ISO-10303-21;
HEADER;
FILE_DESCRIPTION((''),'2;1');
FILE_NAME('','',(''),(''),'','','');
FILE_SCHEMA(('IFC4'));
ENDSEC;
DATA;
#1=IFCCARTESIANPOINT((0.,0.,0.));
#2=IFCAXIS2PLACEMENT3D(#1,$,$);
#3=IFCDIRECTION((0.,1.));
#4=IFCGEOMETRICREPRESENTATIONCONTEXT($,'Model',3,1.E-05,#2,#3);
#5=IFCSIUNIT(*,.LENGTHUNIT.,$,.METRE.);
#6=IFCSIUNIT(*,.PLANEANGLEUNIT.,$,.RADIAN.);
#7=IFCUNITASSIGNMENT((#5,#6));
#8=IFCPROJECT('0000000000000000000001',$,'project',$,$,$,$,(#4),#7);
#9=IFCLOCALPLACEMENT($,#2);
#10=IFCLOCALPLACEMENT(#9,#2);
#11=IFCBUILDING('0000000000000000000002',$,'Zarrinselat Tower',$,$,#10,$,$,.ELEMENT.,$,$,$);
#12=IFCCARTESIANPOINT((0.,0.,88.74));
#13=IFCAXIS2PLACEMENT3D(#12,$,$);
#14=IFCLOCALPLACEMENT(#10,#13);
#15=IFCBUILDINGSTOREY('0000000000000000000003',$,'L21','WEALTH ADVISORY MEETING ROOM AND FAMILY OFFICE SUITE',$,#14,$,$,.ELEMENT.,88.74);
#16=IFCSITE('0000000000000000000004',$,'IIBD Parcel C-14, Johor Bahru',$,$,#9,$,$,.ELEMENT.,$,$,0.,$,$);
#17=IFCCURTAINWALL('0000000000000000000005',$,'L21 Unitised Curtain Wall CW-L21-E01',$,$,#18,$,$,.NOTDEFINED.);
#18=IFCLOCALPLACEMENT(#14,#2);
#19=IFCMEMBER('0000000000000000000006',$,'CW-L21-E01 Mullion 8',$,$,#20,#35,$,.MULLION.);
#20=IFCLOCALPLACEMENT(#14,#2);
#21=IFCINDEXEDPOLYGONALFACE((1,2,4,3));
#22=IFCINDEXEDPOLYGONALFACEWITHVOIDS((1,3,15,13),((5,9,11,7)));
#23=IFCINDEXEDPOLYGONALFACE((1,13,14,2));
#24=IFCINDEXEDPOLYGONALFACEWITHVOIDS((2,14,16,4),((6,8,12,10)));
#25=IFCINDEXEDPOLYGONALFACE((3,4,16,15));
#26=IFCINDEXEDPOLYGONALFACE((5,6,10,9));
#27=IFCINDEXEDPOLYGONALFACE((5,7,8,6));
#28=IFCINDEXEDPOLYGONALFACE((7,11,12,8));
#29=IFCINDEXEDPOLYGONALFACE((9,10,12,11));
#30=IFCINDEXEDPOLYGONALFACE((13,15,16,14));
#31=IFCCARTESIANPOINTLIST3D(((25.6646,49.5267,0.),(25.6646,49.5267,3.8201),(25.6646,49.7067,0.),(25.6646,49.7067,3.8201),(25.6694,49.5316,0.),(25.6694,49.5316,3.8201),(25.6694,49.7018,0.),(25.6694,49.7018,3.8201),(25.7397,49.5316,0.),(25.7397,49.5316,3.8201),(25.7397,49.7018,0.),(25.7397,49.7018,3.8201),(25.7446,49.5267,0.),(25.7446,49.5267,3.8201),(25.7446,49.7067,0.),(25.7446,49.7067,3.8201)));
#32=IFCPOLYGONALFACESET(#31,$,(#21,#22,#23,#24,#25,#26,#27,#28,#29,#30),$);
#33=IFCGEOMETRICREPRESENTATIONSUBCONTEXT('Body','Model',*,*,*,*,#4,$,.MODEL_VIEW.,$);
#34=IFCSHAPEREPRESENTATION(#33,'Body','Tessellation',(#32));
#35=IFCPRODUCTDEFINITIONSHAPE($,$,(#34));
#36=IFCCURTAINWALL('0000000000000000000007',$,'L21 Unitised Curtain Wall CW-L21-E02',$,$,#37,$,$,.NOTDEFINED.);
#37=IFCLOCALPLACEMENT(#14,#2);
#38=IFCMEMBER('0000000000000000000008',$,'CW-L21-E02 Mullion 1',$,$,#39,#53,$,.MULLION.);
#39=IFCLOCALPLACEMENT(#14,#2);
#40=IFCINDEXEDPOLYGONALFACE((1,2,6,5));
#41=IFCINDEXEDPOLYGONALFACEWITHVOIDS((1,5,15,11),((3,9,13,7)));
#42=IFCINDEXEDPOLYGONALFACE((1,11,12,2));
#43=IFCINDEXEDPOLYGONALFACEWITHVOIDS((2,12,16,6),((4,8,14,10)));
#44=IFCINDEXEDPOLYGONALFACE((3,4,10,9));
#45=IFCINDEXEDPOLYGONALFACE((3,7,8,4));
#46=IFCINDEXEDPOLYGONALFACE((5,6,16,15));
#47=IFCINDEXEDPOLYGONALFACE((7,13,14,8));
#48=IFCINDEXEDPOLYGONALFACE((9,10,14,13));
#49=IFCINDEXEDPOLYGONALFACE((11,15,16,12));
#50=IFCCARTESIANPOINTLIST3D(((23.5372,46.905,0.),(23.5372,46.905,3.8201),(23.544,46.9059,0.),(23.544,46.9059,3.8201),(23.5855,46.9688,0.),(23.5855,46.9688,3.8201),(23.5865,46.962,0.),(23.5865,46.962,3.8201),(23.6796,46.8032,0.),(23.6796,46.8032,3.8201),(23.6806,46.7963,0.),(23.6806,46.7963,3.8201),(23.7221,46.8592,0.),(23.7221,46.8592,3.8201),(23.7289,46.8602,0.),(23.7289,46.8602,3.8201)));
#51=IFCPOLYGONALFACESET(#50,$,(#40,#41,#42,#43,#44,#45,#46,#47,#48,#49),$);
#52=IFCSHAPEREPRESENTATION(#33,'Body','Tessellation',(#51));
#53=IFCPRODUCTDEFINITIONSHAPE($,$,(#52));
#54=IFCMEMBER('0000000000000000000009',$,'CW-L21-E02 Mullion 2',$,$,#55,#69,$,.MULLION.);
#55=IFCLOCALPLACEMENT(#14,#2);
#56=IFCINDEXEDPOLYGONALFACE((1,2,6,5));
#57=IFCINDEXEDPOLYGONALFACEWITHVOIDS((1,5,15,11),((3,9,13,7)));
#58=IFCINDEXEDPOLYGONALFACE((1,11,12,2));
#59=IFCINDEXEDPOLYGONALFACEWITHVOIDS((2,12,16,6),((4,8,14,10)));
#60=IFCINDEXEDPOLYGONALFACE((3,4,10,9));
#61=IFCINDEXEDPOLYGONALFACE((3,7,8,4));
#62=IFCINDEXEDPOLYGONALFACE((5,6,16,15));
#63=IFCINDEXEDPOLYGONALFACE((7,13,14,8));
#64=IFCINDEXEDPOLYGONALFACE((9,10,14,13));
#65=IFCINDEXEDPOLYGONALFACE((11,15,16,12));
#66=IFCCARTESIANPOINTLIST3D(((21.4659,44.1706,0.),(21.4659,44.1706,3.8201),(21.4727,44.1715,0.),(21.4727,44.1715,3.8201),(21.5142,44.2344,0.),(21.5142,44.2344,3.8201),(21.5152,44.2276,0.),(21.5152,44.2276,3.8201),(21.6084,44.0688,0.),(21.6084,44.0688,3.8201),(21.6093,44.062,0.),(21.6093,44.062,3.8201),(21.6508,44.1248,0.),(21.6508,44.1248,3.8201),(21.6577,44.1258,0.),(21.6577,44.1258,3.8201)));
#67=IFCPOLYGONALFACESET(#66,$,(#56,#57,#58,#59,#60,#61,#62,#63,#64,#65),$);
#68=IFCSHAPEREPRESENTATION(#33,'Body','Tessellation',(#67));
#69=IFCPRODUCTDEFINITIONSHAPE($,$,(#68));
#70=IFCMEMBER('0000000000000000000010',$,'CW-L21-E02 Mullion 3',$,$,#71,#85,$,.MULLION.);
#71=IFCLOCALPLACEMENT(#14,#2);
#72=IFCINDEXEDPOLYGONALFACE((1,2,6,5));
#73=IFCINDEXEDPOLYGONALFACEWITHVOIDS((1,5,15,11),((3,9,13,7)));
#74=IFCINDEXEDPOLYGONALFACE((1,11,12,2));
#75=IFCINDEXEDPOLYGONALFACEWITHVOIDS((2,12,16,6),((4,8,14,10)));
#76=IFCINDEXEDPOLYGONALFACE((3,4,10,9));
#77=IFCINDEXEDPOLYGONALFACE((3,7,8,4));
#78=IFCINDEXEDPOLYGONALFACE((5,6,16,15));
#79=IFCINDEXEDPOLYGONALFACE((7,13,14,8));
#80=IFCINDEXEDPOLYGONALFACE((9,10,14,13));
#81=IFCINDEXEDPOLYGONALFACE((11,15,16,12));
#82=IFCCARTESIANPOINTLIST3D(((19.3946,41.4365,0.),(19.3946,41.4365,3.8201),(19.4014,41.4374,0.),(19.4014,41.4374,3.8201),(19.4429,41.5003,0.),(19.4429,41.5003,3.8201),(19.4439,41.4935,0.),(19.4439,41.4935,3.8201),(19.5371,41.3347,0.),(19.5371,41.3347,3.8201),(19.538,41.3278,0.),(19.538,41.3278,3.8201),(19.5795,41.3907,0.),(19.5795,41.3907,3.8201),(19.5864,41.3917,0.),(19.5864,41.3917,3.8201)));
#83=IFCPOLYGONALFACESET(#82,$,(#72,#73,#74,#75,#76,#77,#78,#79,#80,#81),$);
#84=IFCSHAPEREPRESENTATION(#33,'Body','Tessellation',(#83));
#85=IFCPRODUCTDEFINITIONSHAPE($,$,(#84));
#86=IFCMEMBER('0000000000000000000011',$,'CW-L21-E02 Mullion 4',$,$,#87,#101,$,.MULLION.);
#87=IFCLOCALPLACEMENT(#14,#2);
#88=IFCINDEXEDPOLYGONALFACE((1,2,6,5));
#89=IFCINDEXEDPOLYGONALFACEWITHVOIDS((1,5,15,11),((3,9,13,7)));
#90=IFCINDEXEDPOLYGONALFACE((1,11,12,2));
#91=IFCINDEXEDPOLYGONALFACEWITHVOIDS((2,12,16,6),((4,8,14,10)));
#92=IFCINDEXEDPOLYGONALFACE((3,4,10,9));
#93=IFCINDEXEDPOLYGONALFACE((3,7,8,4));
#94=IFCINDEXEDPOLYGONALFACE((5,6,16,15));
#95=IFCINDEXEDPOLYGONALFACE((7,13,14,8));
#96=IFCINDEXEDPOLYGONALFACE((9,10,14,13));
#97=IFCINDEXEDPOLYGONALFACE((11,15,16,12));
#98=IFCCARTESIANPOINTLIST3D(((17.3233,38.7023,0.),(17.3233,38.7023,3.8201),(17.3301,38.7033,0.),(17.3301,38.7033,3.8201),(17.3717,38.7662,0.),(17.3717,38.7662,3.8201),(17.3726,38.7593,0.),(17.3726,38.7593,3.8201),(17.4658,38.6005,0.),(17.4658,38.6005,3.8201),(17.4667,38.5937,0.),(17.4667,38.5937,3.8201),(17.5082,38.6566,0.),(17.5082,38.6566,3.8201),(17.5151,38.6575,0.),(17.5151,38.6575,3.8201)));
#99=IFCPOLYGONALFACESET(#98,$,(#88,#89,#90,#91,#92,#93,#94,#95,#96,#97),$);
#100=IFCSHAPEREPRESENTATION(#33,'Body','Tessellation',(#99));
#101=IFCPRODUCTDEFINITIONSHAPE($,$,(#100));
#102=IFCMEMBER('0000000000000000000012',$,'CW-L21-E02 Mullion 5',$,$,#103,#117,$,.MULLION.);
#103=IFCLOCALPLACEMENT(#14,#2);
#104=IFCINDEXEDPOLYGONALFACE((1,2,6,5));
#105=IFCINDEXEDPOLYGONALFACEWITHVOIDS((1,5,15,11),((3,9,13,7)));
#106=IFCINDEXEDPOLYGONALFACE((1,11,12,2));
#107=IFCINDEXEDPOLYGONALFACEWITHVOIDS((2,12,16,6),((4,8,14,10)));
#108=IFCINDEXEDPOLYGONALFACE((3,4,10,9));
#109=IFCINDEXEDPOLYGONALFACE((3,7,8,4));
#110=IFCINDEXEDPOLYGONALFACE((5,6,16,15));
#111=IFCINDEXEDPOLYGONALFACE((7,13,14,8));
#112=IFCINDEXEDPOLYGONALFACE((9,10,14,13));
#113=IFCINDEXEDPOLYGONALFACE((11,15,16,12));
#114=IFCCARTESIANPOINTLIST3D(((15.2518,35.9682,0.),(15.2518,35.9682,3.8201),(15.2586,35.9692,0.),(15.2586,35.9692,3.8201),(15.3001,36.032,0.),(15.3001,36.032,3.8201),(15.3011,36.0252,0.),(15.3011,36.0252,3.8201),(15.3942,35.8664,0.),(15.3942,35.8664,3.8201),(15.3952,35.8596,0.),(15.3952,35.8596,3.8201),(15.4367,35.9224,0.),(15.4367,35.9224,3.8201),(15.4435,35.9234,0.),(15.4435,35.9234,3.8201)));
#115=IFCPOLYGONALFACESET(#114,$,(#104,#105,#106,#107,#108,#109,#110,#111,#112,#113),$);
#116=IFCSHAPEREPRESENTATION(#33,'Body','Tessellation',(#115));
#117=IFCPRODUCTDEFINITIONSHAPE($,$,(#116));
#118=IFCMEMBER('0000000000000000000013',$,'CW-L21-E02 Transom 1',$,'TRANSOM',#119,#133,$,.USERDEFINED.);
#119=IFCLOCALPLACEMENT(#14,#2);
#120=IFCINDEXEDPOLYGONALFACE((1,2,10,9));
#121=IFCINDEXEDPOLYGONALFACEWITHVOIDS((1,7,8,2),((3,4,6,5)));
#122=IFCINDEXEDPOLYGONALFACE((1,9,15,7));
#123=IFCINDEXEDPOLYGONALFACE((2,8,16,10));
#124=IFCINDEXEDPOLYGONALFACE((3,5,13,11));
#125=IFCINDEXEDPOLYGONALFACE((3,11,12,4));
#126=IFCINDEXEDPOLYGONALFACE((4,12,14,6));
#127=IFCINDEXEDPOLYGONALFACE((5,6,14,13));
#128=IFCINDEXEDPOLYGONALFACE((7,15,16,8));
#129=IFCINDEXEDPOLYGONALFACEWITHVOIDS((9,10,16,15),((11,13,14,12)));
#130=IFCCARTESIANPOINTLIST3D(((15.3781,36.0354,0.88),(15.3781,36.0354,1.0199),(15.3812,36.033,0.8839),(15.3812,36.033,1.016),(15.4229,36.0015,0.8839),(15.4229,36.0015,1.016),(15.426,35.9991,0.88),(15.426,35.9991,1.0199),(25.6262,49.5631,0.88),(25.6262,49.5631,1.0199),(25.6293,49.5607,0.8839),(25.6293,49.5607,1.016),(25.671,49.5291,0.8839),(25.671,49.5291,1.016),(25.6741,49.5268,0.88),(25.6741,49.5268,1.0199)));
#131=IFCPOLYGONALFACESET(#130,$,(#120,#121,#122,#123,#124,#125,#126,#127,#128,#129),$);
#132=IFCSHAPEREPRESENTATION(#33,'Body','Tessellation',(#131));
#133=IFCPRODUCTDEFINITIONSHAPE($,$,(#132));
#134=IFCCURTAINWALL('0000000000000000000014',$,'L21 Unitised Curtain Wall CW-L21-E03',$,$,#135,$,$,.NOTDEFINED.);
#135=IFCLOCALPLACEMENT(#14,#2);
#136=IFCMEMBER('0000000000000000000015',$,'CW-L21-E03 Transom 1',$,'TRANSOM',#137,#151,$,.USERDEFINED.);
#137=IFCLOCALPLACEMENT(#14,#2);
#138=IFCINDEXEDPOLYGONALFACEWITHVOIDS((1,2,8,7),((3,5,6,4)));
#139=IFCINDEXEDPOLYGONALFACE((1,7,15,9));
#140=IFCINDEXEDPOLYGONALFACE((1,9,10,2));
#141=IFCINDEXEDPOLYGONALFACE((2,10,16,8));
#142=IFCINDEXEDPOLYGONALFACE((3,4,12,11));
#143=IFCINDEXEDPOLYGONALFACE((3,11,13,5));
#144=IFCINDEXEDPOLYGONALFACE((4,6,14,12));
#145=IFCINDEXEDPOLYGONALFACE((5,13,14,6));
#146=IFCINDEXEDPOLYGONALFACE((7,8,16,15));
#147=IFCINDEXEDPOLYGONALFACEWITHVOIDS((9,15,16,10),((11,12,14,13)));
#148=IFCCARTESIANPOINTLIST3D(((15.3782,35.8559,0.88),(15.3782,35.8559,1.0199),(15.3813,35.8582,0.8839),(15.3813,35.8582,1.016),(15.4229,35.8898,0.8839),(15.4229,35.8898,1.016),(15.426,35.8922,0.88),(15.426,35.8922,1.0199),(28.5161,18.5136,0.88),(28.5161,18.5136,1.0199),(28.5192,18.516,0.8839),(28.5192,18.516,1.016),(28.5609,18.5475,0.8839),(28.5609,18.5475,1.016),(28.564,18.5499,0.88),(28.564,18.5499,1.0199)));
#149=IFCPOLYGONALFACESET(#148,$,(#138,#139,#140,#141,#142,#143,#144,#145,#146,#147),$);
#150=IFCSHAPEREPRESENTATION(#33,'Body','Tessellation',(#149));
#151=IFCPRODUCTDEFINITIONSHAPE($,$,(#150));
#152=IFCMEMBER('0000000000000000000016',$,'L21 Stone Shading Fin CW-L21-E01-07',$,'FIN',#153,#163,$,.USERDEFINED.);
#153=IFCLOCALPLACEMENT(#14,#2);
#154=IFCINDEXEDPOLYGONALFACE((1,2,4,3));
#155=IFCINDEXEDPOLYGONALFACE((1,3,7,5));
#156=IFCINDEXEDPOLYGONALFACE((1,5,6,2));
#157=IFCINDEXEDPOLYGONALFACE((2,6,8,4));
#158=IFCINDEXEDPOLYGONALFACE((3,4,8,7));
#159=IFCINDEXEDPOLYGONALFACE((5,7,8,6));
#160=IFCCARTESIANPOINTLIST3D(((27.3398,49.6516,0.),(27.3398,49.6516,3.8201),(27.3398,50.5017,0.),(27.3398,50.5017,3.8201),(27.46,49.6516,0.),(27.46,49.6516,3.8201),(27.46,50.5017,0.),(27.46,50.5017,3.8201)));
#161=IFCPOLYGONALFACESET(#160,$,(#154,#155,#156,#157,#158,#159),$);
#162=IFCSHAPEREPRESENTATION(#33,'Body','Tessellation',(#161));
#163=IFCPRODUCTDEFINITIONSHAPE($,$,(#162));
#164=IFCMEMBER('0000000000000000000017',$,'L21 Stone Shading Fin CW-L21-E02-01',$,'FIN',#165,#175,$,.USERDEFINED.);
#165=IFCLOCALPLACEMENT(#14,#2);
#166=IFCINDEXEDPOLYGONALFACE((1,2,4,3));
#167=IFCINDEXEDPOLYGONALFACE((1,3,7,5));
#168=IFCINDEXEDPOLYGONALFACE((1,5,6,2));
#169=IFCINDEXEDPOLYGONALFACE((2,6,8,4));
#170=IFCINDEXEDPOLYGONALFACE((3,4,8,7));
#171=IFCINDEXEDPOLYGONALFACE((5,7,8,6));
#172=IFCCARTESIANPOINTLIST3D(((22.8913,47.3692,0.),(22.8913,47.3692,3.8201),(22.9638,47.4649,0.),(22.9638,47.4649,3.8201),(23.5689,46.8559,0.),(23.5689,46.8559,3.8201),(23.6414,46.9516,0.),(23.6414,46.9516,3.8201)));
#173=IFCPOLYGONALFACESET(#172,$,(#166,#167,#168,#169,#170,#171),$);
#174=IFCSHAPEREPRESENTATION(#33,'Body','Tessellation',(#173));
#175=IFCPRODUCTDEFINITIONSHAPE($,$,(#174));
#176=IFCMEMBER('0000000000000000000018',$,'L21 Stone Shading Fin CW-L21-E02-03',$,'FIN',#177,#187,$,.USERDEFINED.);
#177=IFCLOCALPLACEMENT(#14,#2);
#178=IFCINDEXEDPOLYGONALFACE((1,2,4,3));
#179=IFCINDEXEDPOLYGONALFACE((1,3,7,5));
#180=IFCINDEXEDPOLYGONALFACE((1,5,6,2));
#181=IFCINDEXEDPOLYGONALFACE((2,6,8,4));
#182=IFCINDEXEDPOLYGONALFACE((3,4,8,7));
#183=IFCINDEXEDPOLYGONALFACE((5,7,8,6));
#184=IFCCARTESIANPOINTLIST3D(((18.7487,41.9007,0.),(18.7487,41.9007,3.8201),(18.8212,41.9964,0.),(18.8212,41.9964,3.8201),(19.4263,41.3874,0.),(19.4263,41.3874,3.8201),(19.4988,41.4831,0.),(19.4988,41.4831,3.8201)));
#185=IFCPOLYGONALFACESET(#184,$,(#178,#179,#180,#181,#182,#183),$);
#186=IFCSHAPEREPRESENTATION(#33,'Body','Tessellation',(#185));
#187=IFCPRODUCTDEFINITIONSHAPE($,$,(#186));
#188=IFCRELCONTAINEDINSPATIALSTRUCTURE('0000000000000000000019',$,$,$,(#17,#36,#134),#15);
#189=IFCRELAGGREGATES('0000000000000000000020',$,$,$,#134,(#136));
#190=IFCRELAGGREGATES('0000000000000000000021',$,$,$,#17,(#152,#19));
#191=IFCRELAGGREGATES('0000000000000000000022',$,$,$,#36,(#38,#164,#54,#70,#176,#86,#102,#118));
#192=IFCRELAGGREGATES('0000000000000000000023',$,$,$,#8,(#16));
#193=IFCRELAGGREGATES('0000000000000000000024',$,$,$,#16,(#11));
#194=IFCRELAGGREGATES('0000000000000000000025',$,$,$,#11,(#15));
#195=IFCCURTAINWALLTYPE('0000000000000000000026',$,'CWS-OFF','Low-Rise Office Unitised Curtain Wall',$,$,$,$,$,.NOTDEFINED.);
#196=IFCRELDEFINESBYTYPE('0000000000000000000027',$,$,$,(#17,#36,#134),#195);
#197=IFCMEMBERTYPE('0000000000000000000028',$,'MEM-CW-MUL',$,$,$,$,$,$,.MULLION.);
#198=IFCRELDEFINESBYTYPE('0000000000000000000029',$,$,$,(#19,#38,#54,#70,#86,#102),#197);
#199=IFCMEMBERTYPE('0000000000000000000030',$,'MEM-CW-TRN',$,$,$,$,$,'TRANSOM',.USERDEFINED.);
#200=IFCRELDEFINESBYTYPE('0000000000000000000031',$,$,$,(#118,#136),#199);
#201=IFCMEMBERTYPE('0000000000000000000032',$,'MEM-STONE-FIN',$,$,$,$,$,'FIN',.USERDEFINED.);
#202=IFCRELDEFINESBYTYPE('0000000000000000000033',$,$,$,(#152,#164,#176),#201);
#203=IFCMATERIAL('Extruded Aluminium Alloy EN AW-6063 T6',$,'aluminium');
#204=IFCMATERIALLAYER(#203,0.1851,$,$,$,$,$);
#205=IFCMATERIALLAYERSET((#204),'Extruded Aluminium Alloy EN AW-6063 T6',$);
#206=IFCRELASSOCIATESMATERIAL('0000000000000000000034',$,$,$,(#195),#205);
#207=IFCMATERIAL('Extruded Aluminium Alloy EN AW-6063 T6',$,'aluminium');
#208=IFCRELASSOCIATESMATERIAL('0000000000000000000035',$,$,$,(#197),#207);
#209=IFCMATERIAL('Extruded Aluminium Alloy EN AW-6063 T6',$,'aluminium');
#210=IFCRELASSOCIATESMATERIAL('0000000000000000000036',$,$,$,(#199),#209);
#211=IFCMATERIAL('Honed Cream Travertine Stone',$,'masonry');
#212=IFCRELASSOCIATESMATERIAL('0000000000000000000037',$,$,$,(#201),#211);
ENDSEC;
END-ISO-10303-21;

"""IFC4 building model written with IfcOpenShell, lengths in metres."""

from ifc_helpers import new_model, si_unit, direction, frame, origin, origin_2d, place, context, subcontext, project, spatial, rectangle, hollow_rectangle, extrude, material, layer, layer_set, material_profile, profile_set, type_object, element, aggregate, save


model = new_model("IFC4")

# Units and contexts
model_context = context("Model", 3, precision=1e-05, world=origin(), true_north=direction((0.0, 1.0)))
body_context = subcontext(model_context, "Body", "Model", "MODEL_VIEW")
ifc_project = project(units=[si_unit("LENGTHUNIT", "METRE"), si_unit("PLANEANGLEUNIT", "RADIAN")], contexts=[model_context])

# Site, building, storey
site_placement = place(None, origin())
site = spatial("IfcSite", under=ifc_project, at=site_placement, Name="IIBD Parcel C-14, Johor Bahru", CompositionType="ELEMENT", RefElevation=0.0)
building_placement = place(site_placement, origin())
building = spatial("IfcBuilding", under=site, at=building_placement, Name="Zarrinselat Tower", CompositionType="ELEMENT")
storey_placement = place(building_placement, frame((0.0, 0.0, 88.74)))
storey = spatial("IfcBuildingStorey", under=building, at=storey_placement, Name="L21", Description="WEALTH ADVISORY MEETING ROOM AND FAMILY OFFICE SUITE", CompositionType="ELEMENT", Elevation=88.74)

# Curtain walls, members
ifc_material_1 = material(Name="Extruded Aluminium Alloy EN AW-6063 T6", Category="aluminium")
ifc_layer_1 = layer(ifc_material_1, 0.1851)
ifc_layer_set_1 = layer_set([ifc_layer_1], Name="Extruded Aluminium Alloy EN AW-6063 T6")
curtain_wall_type = type_object("IfcCurtainWallType", Name="CWS-OFF", Description="Low-Rise Office Unitised Curtain Wall", PredefinedType="NOTDEFINED", material=ifc_layer_set_1)
curtain_wall_1_placement = place(storey_placement, origin())
curtain_wall_1 = element("IfcCurtainWall", 1, at=curtain_wall_1_placement, inside=storey, type_object=curtain_wall_type, Name="L21 Unitised Curtain Wall CW-L21-E01", PredefinedType="NOTDEFINED")
ifc_material_2 = material(Name="Extruded Aluminium Alloy EN AW-6063 T6", Category="aluminium")
ifc_material_profile_1 = material_profile(ifc_material_2, hollow_rectangle(XDim=0.0801, YDim=0.1799, WallThickness=0.0049, at=origin_2d()), Name="RHS 180x80x5")
ifc_profile_set_1 = profile_set([ifc_material_profile_1], Name="Extruded Aluminium Alloy EN AW-6063 T6")
member_type_1 = type_object("IfcMemberType", Name="MEM-CW-MUL", PredefinedType="MULLION", material=ifc_profile_set_1)
member_1_placement = place(storey_placement, frame((25.7046, 49.6167, 0.0), z_axis=(0.0, 0.0, 1.0), x_axis=(-1.0, 0.0, 0.0)))
member_1 = element("IfcMember", 2, at=member_1_placement, type_object=member_type_1, Name="CW-L21-E01 Mullion 8", PredefinedType="MULLION", context=body_context, shape_type="SweptSolid", body=[
    extrude(hollow_rectangle(XDim=0.0801, YDim=0.1799, WallThickness=0.0049, at=origin_2d()), origin(), (0.0, 0.0, 1.0), 3.8201),
])
curtain_wall_2_placement = place(storey_placement, origin())
curtain_wall_2 = element("IfcCurtainWall", 3, at=curtain_wall_2_placement, inside=storey, type_object=curtain_wall_type, Name="L21 Unitised Curtain Wall CW-L21-E02", PredefinedType="NOTDEFINED")
member_2_placement = place(storey_placement, frame((23.6331, 46.8826, 0.0), z_axis=(0.0, 0.0, 1.0), x_axis=(-0.603857, -0.797093, 0.0)))
member_2 = element("IfcMember", 4, at=member_2_placement, type_object=member_type_1, Name="CW-L21-E02 Mullion 1", PredefinedType="MULLION", context=body_context, shape_type="SweptSolid", body=[
    extrude(hollow_rectangle(XDim=0.0801, YDim=0.1799, WallThickness=0.0049, at=origin_2d()), origin(), (0.0, 0.0, 1.0), 3.8201),
])
member_3_placement = place(storey_placement, frame((21.5618, 44.1482, 0.0), z_axis=(0.0, 0.0, 1.0), x_axis=(-0.603857, -0.797093, 0.0)))
member_3 = element("IfcMember", 5, at=member_3_placement, type_object=member_type_1, Name="CW-L21-E02 Mullion 2", PredefinedType="MULLION", context=body_context, shape_type="SweptSolid", body=[
    extrude(hollow_rectangle(XDim=0.0801, YDim=0.1799, WallThickness=0.0049, at=origin_2d()), origin(), (0.0, 0.0, 1.0), 3.8201),
])
member_4_placement = place(storey_placement, frame((19.4905, 41.4141, 0.0), z_axis=(0.0, 0.0, 1.0), x_axis=(-0.603857, -0.797093, 0.0)))
member_4 = element("IfcMember", 6, at=member_4_placement, type_object=member_type_1, Name="CW-L21-E02 Mullion 3", PredefinedType="MULLION", context=body_context, shape_type="SweptSolid", body=[
    extrude(hollow_rectangle(XDim=0.0801, YDim=0.1799, WallThickness=0.0049, at=origin_2d()), origin(), (0.0, 0.0, 1.0), 3.8201),
])
member_5_placement = place(storey_placement, frame((17.4192, 38.6799, 0.0), z_axis=(0.0, 0.0, 1.0), x_axis=(-0.603857, -0.797093, 0.0)))
member_5 = element("IfcMember", 7, at=member_5_placement, type_object=member_type_1, Name="CW-L21-E02 Mullion 4", PredefinedType="MULLION", context=body_context, shape_type="SweptSolid", body=[
    extrude(hollow_rectangle(XDim=0.0801, YDim=0.1799, WallThickness=0.0049, at=origin_2d()), origin(), (0.0, 0.0, 1.0), 3.8201),
])
member_6_placement = place(storey_placement, frame((15.3477, 35.9458, 0.0), z_axis=(0.0, 0.0, 1.0), x_axis=(-0.603857, -0.797093, 0.0)))
member_6 = element("IfcMember", 8, at=member_6_placement, type_object=member_type_1, Name="CW-L21-E02 Mullion 5", PredefinedType="MULLION", context=body_context, shape_type="SweptSolid", body=[
    extrude(hollow_rectangle(XDim=0.0801, YDim=0.1799, WallThickness=0.0049, at=origin_2d()), origin(), (0.0, 0.0, 1.0), 3.8201),
])
ifc_material_3 = material(Name="Extruded Aluminium Alloy EN AW-6063 T6", Category="aluminium")
ifc_material_profile_2 = material_profile(ifc_material_3, hollow_rectangle(XDim=0.0601, YDim=0.1399, WallThickness=0.0039, at=origin_2d()), Name="RHS 140x60x4")
ifc_profile_set_2 = profile_set([ifc_material_profile_2], Name="Extruded Aluminium Alloy EN AW-6063 T6")
member_type_2 = type_object("IfcMemberType", Name="MEM-CW-TRN", ElementType="TRANSOM", PredefinedType="USERDEFINED", material=ifc_profile_set_2)
member_7_placement = place(storey_placement, frame((25.6501, 49.5449, 0.95), z_axis=(-0.603853, -0.797096, 0.0), x_axis=(0.797096, -0.603853, 0.0)))
member_7 = element("IfcMember", 9, at=member_7_placement, type_object=member_type_2, Name="CW-L21-E02 Transom 1", ObjectType="TRANSOM", PredefinedType="USERDEFINED", context=body_context, shape_type="SweptSolid", body=[
    extrude(hollow_rectangle(XDim=0.0601, YDim=0.1399, WallThickness=0.0039, at=origin_2d()), origin(), (0.0, 0.0, 1.0), 16.9712),
])

# Curtain wall, member
curtain_wall_3_placement = place(storey_placement, origin())
curtain_wall_3 = element("IfcCurtainWall", 10, at=curtain_wall_3_placement, inside=storey, type_object=curtain_wall_type, Name="L21 Unitised Curtain Wall CW-L21-E03", PredefinedType="NOTDEFINED")
member_8_placement = place(storey_placement, frame((15.4021, 35.874, 0.95), z_axis=(0.603853, -0.797096, 0.0), x_axis=(0.797096, 0.603853, 0.0)))
member_8 = element("IfcMember", 11, at=member_8_placement, type_object=member_type_2, Name="CW-L21-E03 Transom 1", ObjectType="TRANSOM", PredefinedType="USERDEFINED", context=body_context, shape_type="SweptSolid", body=[
    extrude(hollow_rectangle(XDim=0.0601, YDim=0.1399, WallThickness=0.0039, at=origin_2d()), origin(), (0.0, 0.0, 1.0), 21.7568),
])
aggregate(curtain_wall_3, [member_8])

# Members
ifc_material_4 = material(Name="Honed Cream Travertine Stone", Category="masonry")
ifc_material_profile_3 = material_profile(ifc_material_4, rectangle(XDim=0.1201, YDim=0.8501, at=origin_2d()), Name="FIN 850x120")
ifc_profile_set_3 = profile_set([ifc_material_profile_3], Name="Honed Cream Travertine Stone")
member_type_3 = type_object("IfcMemberType", Name="MEM-STONE-FIN", ElementType="FIN", PredefinedType="USERDEFINED", material=ifc_profile_set_3)
member_9_placement = place(storey_placement, frame((27.3999, 50.0767, 0.0), z_axis=(0.0, 0.0, 1.0), x_axis=(1.0, 0.0, 0.0)))
member_9 = element("IfcMember", 12, at=member_9_placement, type_object=member_type_3, Name="L21 Stone Shading Fin CW-L21-E01-07", ObjectType="FIN", PredefinedType="USERDEFINED", context=body_context, shape_type="SweptSolid", body=[
    extrude(rectangle(XDim=0.1201, YDim=0.8501, at=origin_2d()), origin(), (0.0, 0.0, 1.0), 3.8201),
])
member_10_placement = place(storey_placement, frame((23.2664, 47.1604, 0.0), z_axis=(0.0, 0.0, 1.0), x_axis=(0.603857, 0.797093, 0.0)))
member_10 = element("IfcMember", 13, at=member_10_placement, type_object=member_type_3, Name="L21 Stone Shading Fin CW-L21-E02-01", ObjectType="FIN", PredefinedType="USERDEFINED", context=body_context, shape_type="SweptSolid", body=[
    extrude(rectangle(XDim=0.1201, YDim=0.8501, at=origin_2d()), origin(), (0.0, 0.0, 1.0), 3.8201),
])
member_11_placement = place(storey_placement, frame((19.1238, 41.6919, 0.0), z_axis=(0.0, 0.0, 1.0), x_axis=(0.603857, 0.797093, 0.0)))
member_11 = element("IfcMember", 14, at=member_11_placement, type_object=member_type_3, Name="L21 Stone Shading Fin CW-L21-E02-03", ObjectType="FIN", PredefinedType="USERDEFINED", context=body_context, shape_type="SweptSolid", body=[
    extrude(rectangle(XDim=0.1201, YDim=0.8501, at=origin_2d()), origin(), (0.0, 0.0, 1.0), 3.8201),
])

aggregate(curtain_wall_1, [member_9, member_1])
aggregate(curtain_wall_2, [member_2, member_10, member_3, member_4, member_11, member_5, member_6, member_7])

save(model, "model.ifc")
